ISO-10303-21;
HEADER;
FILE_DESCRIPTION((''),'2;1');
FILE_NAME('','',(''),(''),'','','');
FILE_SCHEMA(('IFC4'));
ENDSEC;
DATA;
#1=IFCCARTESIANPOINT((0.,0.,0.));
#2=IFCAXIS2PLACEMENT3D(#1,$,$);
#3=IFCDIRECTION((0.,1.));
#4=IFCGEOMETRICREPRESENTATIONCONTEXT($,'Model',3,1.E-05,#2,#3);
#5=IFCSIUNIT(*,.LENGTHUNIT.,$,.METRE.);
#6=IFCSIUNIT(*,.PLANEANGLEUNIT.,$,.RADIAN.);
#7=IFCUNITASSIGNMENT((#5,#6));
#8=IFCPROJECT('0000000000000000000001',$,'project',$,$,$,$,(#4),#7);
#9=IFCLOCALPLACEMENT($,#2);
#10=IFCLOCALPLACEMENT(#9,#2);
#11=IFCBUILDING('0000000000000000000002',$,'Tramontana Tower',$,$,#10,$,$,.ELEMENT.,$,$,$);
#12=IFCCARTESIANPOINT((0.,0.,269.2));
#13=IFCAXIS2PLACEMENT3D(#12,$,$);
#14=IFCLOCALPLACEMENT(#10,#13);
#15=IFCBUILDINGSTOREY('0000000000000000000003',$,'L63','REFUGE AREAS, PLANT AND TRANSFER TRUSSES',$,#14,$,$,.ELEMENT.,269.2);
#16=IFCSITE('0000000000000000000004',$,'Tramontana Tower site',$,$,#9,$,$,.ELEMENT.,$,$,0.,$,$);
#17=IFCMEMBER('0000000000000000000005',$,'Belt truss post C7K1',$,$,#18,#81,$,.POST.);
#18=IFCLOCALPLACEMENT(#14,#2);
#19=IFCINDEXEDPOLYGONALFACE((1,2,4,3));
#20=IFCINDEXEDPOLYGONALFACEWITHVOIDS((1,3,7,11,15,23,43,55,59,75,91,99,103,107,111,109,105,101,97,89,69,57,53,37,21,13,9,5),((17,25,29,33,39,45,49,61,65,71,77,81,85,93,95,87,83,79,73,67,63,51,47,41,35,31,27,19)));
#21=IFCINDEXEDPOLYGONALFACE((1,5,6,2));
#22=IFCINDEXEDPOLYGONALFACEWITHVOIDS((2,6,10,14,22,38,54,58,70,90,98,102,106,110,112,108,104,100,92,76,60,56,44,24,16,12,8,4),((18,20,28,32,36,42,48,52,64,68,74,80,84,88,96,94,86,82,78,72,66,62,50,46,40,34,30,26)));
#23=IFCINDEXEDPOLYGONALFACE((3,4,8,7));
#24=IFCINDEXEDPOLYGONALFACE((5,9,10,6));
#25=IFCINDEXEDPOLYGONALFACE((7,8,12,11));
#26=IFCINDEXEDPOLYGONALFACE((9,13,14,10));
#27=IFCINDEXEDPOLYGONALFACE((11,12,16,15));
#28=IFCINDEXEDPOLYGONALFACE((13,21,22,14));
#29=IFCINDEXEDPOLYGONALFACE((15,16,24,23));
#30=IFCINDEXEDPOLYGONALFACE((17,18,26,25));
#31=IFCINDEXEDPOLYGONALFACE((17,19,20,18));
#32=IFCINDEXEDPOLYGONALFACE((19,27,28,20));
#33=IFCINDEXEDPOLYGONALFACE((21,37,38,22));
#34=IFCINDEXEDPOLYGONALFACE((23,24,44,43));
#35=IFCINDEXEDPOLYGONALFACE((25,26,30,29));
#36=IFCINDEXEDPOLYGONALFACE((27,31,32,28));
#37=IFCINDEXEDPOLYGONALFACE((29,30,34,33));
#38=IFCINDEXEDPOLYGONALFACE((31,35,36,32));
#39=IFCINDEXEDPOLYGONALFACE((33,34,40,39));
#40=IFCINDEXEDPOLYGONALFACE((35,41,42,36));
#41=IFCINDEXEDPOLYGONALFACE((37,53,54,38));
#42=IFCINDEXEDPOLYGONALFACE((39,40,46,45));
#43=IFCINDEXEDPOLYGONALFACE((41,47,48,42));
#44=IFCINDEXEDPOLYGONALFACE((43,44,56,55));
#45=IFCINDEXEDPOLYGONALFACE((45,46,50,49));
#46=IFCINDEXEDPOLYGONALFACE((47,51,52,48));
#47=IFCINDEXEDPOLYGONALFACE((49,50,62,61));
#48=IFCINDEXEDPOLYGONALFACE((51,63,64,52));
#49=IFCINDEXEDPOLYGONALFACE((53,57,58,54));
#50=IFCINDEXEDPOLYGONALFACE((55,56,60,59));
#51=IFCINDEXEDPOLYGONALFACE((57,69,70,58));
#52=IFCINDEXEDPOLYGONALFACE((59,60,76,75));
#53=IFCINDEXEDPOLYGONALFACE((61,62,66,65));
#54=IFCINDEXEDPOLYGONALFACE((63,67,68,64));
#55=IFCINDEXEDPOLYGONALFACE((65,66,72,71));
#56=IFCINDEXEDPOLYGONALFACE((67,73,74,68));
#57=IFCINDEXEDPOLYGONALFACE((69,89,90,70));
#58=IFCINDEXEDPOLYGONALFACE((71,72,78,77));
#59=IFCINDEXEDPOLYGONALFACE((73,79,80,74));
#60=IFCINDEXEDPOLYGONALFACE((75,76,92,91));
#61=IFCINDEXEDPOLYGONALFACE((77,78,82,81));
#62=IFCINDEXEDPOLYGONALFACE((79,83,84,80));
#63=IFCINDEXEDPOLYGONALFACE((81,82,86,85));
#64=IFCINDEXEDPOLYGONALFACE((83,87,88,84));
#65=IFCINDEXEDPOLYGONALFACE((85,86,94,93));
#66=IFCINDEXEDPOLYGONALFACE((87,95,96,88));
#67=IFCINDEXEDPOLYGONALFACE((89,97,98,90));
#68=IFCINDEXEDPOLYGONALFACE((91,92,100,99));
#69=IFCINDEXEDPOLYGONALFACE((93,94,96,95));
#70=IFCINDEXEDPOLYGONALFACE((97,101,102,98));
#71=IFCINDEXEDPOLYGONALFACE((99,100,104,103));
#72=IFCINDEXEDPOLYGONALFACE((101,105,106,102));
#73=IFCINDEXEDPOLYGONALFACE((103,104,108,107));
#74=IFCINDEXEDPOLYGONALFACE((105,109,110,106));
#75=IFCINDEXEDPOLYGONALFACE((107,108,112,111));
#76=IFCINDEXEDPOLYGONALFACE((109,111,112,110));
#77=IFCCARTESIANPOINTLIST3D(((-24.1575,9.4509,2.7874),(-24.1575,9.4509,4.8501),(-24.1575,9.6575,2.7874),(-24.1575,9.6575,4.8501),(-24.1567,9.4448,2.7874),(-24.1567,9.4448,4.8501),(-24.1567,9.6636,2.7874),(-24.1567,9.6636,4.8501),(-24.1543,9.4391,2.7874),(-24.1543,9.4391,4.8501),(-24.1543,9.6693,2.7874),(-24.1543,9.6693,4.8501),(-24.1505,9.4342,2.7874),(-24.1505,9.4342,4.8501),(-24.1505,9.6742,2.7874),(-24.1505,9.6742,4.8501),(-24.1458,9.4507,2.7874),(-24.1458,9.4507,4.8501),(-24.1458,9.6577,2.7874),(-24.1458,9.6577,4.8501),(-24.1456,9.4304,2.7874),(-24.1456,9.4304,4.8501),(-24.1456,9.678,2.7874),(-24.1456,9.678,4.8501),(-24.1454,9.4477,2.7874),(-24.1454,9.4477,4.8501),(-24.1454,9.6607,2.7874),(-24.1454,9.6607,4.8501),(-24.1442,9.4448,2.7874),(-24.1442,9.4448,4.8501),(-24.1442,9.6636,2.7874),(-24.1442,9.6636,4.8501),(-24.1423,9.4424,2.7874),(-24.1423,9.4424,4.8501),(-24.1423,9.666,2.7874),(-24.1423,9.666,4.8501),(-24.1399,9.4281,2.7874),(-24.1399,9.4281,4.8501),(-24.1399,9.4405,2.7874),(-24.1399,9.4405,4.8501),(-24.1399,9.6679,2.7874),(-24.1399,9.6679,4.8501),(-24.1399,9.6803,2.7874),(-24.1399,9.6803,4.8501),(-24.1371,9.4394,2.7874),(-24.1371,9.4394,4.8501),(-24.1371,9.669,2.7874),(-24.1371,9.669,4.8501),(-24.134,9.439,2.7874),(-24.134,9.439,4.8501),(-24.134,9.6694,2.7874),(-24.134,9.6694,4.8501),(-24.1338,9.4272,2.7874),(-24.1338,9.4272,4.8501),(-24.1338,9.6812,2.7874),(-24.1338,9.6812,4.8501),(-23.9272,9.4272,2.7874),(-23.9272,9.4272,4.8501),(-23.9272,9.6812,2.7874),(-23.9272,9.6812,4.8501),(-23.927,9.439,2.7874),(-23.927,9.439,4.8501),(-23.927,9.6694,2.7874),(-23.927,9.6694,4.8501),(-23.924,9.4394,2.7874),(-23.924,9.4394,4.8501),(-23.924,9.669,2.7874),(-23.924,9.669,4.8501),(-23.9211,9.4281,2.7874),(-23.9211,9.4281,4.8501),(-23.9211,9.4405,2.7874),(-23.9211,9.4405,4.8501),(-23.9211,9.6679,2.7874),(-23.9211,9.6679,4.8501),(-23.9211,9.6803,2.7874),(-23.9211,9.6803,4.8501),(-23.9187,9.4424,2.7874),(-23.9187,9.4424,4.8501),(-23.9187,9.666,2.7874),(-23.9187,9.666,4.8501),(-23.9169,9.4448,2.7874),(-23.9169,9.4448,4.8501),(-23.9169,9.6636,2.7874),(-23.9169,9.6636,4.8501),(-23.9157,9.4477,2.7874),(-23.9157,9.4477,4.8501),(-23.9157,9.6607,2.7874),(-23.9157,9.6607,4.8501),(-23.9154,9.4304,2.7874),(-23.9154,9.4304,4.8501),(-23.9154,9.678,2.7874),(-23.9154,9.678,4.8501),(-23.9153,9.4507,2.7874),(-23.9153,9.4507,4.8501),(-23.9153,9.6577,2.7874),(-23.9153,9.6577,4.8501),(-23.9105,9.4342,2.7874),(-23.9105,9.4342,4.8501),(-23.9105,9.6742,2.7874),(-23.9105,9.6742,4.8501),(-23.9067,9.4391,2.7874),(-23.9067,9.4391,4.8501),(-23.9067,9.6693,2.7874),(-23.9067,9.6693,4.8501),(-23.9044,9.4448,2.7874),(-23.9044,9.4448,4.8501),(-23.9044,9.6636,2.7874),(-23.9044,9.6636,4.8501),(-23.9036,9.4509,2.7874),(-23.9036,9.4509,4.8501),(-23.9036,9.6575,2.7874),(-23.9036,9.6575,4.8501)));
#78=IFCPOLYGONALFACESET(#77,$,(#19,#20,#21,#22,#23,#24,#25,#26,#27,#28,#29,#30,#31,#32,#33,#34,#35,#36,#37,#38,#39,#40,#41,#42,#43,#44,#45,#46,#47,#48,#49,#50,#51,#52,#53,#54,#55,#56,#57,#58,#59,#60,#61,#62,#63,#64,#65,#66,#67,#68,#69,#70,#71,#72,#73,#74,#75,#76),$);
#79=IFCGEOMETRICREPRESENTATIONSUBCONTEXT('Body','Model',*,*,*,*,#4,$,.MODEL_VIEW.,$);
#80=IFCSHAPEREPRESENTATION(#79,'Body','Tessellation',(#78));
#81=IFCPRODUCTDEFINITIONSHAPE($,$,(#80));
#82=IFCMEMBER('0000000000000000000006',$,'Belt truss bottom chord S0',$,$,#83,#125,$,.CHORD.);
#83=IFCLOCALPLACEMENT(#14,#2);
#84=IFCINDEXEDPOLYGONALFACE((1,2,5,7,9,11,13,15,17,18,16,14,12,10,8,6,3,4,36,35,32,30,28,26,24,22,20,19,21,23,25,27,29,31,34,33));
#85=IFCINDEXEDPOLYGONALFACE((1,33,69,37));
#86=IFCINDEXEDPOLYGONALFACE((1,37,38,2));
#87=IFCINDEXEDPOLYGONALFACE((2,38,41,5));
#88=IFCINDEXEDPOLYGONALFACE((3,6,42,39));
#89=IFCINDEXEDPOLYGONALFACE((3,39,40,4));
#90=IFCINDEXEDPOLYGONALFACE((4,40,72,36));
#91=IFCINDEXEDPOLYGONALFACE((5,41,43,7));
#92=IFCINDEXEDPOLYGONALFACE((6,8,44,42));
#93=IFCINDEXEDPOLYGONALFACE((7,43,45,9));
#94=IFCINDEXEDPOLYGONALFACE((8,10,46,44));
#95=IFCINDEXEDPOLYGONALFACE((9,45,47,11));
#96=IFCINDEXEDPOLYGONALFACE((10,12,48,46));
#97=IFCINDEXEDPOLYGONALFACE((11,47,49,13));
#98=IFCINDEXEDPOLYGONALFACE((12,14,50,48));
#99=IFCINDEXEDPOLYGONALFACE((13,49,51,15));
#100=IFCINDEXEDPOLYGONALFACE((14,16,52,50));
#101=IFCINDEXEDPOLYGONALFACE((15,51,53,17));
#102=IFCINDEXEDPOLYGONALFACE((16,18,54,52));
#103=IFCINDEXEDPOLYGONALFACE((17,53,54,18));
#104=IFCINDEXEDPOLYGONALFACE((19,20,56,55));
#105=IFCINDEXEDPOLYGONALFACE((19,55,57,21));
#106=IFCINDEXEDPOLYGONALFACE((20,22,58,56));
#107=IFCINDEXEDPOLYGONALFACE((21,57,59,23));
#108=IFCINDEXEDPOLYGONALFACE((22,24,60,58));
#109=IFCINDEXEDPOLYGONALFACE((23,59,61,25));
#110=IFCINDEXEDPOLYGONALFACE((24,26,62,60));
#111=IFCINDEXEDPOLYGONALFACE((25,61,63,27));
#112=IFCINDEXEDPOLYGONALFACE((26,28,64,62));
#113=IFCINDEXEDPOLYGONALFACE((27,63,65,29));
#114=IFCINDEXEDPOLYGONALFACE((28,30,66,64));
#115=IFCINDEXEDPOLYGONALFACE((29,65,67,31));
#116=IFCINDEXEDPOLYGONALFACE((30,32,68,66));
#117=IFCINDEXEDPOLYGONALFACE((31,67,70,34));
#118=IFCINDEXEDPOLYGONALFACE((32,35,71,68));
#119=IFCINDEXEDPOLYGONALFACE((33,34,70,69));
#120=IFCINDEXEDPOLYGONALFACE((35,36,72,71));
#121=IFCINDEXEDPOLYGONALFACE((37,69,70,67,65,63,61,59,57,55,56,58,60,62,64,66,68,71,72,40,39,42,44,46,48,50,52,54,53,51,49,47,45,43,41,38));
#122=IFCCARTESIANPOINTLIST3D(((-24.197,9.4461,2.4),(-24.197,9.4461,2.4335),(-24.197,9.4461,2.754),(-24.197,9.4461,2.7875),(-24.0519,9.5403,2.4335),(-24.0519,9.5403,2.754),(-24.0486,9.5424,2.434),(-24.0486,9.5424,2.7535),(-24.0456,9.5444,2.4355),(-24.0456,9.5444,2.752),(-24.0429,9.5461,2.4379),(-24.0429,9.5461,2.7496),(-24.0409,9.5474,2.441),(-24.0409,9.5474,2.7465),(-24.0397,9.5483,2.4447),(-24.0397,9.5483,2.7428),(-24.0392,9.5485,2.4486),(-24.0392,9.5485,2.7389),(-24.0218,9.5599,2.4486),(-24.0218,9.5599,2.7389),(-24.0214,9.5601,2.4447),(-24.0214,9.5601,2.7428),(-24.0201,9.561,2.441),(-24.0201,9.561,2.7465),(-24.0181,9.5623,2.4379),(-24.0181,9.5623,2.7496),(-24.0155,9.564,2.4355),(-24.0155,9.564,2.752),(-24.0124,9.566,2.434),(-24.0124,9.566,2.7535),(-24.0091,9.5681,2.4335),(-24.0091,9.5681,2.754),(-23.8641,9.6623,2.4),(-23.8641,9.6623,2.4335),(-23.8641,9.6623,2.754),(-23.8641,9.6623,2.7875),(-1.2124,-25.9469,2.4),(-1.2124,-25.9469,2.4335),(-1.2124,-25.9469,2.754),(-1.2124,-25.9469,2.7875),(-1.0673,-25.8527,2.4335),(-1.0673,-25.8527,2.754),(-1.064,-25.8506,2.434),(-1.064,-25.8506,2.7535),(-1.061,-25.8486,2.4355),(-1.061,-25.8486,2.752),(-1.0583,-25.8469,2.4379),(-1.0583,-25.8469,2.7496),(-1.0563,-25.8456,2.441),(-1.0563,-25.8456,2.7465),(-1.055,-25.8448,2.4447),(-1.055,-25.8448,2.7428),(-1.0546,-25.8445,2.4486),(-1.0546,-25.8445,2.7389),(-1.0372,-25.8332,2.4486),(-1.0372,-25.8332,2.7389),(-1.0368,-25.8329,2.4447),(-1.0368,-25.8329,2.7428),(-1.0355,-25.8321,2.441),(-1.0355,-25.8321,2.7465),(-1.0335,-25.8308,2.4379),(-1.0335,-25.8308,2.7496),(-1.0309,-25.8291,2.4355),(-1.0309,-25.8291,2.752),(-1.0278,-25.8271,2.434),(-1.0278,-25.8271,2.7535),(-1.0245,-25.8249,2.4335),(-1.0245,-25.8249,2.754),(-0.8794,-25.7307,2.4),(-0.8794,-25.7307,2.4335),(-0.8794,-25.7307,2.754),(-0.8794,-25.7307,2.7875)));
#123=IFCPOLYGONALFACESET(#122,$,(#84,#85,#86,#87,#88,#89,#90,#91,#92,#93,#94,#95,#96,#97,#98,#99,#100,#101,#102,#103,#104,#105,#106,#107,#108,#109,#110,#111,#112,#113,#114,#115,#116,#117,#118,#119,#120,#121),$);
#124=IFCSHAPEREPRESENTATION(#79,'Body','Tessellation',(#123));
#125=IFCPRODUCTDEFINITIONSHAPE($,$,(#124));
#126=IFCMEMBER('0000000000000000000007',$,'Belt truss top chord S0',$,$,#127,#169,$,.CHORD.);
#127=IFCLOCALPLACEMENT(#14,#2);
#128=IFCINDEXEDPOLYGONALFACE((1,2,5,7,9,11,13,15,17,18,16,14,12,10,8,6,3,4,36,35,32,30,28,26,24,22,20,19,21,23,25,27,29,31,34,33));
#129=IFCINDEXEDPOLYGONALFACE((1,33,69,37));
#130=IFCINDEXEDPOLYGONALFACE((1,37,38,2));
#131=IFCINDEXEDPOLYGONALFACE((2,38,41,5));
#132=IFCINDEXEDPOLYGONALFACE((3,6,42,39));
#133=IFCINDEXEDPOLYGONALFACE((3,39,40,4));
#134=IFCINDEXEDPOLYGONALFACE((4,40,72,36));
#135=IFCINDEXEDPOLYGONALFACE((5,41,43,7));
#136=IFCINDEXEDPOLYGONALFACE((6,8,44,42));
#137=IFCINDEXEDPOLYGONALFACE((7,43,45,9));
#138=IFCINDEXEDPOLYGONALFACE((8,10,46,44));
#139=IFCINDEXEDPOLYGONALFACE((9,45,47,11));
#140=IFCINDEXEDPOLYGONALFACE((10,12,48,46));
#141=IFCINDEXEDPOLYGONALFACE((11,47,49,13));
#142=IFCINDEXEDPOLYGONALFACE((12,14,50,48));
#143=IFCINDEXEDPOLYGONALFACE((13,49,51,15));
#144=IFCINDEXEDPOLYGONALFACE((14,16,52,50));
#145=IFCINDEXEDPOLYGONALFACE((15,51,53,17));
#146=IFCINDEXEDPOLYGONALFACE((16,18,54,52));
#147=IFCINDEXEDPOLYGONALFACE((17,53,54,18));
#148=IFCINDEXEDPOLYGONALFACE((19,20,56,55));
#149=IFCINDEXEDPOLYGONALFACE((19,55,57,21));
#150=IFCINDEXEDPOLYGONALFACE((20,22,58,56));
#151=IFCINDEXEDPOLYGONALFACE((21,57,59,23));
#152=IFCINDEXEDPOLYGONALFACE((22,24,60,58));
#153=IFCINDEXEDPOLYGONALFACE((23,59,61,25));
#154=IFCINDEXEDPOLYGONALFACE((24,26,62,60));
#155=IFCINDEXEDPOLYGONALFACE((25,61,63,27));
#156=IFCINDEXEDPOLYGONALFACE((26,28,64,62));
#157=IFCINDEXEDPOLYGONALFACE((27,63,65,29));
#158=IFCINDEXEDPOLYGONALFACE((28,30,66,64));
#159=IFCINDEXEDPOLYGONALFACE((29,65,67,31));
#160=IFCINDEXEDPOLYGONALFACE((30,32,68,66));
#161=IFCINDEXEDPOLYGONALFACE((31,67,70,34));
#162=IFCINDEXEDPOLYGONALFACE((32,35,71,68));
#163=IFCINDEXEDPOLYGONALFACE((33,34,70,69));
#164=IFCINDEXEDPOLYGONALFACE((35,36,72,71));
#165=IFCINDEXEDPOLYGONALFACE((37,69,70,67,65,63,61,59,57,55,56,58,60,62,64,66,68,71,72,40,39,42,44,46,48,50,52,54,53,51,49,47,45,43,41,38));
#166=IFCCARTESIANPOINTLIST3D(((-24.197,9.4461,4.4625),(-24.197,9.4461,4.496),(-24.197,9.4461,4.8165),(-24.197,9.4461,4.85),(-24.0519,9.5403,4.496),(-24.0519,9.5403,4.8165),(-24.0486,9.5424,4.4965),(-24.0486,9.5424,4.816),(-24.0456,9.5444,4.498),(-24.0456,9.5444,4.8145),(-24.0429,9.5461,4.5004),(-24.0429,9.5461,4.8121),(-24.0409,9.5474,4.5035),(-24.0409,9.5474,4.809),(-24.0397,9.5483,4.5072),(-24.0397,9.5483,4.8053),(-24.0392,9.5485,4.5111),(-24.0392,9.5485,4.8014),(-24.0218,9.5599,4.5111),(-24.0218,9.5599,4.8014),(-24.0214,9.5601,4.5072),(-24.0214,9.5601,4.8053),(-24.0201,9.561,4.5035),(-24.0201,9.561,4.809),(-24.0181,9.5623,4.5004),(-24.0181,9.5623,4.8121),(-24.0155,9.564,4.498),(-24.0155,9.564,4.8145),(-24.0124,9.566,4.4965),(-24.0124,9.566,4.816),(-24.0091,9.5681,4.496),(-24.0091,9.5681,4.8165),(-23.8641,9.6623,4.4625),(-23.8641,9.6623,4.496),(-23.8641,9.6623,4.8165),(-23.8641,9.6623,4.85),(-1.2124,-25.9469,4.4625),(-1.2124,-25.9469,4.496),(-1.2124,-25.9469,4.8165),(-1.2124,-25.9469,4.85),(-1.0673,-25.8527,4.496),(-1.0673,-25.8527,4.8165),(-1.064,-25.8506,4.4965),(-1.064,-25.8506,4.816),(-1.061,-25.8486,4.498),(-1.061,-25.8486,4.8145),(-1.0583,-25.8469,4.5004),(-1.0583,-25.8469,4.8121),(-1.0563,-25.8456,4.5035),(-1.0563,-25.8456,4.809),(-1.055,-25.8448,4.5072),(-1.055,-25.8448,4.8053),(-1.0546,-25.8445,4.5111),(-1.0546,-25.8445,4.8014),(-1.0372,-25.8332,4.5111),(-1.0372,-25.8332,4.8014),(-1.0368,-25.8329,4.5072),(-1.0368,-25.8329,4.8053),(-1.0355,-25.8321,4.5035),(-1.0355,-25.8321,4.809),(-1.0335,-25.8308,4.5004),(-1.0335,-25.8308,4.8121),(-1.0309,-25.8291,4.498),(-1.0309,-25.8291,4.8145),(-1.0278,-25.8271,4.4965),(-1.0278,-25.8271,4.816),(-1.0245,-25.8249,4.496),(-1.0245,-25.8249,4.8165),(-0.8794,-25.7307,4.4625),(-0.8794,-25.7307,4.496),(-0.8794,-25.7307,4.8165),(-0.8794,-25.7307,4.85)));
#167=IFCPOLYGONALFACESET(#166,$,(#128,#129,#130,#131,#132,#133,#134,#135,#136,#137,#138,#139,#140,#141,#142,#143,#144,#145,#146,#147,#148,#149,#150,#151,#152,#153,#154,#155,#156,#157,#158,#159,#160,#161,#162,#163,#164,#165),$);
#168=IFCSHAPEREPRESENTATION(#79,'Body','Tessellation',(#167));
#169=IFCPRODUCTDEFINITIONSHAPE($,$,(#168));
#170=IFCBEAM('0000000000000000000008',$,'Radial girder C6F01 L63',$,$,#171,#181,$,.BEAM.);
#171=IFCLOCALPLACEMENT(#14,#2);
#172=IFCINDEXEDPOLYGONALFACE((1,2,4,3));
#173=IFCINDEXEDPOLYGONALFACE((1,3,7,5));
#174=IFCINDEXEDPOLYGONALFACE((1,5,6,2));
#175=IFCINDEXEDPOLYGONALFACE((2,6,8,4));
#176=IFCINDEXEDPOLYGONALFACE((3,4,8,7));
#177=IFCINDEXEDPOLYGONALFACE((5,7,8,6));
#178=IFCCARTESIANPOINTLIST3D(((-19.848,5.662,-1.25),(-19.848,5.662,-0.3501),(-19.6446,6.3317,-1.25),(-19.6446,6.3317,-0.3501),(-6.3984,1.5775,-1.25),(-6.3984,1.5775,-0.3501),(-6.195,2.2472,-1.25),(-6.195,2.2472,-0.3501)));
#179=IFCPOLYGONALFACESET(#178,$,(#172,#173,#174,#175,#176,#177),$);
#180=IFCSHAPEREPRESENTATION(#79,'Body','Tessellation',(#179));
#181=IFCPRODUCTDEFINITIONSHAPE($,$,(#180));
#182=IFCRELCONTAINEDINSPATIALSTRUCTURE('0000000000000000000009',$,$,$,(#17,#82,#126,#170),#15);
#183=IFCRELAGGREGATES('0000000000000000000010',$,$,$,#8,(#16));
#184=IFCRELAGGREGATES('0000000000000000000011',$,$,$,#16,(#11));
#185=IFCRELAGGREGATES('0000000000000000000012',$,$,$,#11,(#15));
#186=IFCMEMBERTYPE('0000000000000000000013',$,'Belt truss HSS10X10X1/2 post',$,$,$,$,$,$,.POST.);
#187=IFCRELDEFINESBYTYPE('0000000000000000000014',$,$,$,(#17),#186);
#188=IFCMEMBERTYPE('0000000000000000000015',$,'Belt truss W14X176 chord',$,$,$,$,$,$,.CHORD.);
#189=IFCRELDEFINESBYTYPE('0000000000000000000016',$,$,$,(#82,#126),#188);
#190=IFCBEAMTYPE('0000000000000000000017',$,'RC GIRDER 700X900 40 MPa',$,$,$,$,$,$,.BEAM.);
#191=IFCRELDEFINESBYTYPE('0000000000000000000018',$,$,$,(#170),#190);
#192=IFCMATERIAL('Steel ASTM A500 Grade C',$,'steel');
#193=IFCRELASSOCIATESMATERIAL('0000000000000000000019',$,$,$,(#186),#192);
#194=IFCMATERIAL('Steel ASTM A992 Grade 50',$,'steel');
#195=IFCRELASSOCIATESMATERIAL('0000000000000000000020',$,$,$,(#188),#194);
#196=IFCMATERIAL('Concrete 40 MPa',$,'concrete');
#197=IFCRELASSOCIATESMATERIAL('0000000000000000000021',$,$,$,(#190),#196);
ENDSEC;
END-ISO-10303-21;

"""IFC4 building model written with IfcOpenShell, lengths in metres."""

from ifc_helpers import new_model, si_unit, direction, frame, origin, origin_2d, place, context, subcontext, project, spatial, rectangle, hollow_rectangle, i_section, extrude, material, material_profile, profile_set, type_object, element, save


model = new_model("IFC4")

# Units and contexts
model_context = context("Model", 3, precision=1e-05, world=origin(), true_north=direction((0.0, 1.0)))
body_context = subcontext(model_context, "Body", "Model", "MODEL_VIEW")
ifc_project = project(units=[si_unit("LENGTHUNIT", "METRE"), si_unit("PLANEANGLEUNIT", "RADIAN")], contexts=[model_context])

# Site, building, storey
site_placement = place(None, origin())
site = spatial("IfcSite", under=ifc_project, at=site_placement, Name="Tramontana Tower site", CompositionType="ELEMENT", RefElevation=0.0)
building_placement = place(site_placement, origin())
building = spatial("IfcBuilding", under=site, at=building_placement, Name="Tramontana Tower", CompositionType="ELEMENT")
storey_placement = place(building_placement, frame((0.0, 0.0, 269.2)))
storey = spatial("IfcBuildingStorey", under=building, at=storey_placement, Name="L63", Description="REFUGE AREAS, PLANT AND TRANSFER TRUSSES", CompositionType="ELEMENT", Elevation=269.2)

# Members
ifc_material_1 = material(Name="Steel ASTM A500 Grade C", Category="steel")
ifc_material_profile_1 = material_profile(ifc_material_1, hollow_rectangle(XDim=0.2539, YDim=0.2539, WallThickness=0.0117, InnerFilletRadius=0.0117, OuterFilletRadius=0.0237, at=origin_2d()), Name="HSS10X10X1/2")
ifc_profile_set_1 = profile_set([ifc_material_profile_1], Name="Steel ASTM A500 Grade C")
member_type_1 = type_object("IfcMemberType", Name="Belt truss HSS10X10X1/2 post", PredefinedType="POST", material=ifc_profile_set_1)
member_1_placement = place(storey_placement, frame((-24.0305, 9.5542, 2.7874), z_axis=(0.0, 0.0, 1.0), x_axis=(1.0, 0.0, 0.0)))
element("IfcMember", 1, at=member_1_placement, inside=storey, type_object=member_type_1, Name="Belt truss post C7K1", PredefinedType="POST", context=body_context, shape_type="SweptSolid", body=[
    extrude(hollow_rectangle(XDim=0.2539, YDim=0.2539, WallThickness=0.0117, InnerFilletRadius=0.0117, OuterFilletRadius=0.0237, at=origin_2d()), origin(), (0.0, 0.0, 1.0), 2.0627),
])
ifc_material_2 = material(Name="Steel ASTM A992 Grade 50", Category="steel")
ifc_material_profile_2 = material_profile(ifc_material_2, i_section(OverallWidth=0.397, OverallDepth=0.3875, WebThickness=0.0208, FlangeThickness=0.0334, FilletRadius=0.0151, at=origin_2d()), Name="W14X176")
ifc_profile_set_2 = profile_set([ifc_material_profile_2], Name="Steel ASTM A992 Grade 50")
member_type_2 = type_object("IfcMemberType", Name="Belt truss W14X176 chord", PredefinedType="CHORD", material=ifc_profile_set_2)
for number, where, z_axis, x_axis, name in (
    (2, (-24.0305, 9.5542, 2.5938), (0.544641, -0.83867, 0.0), (0.83867, 0.544641, 0.0), "Belt truss bottom chord S0"),
    (3, (-24.0305, 9.5542, 4.6562), (0.544641, -0.83867, 0.0), (0.83867, 0.544641, 0.0), "Belt truss top chord S0"),
):
    element("IfcMember", number, at=place(storey_placement, frame(where, z_axis=z_axis, x_axis=x_axis)), inside=storey, type_object=member_type_2, Name=name, PredefinedType="CHORD", context=body_context, shape_type="SweptSolid", body=[
        extrude(i_section(OverallWidth=0.397, OverallDepth=0.3875, WebThickness=0.0208, FlangeThickness=0.0334, FilletRadius=0.0151, at=origin_2d()), origin(), (0.0, 0.0, 1.0), 42.2014),
    ])

# Beam
ifc_material_3 = material(Name="Concrete 40 MPa", Category="concrete")
ifc_material_profile_3 = material_profile(ifc_material_3, rectangle(XDim=0.7, YDim=0.8999, at=origin_2d()), Name="RC GIRDER 700X900 40 MPa")
ifc_profile_set_3 = profile_set([ifc_material_profile_3], Name="Concrete 40 MPa")
beam_type = type_object("IfcBeamType", Name="RC GIRDER 700X900 40 MPa", PredefinedType="BEAM", material=ifc_profile_set_3)
beam_placement = place(storey_placement, frame((-19.7463, 5.9968, -0.8), z_axis=(0.95685, -0.290581, 0.0), x_axis=(0.290581, 0.95685, 0.0)))
element("IfcBeam", 4, at=beam_placement, inside=storey, type_object=beam_type, Name="Radial girder C6F01 L63", PredefinedType="BEAM", context=body_context, shape_type="SweptSolid", body=[
    extrude(rectangle(XDim=0.7, YDim=0.8999, at=origin_2d()), origin(), (0.0, 0.0, 1.0), 14.0562),
])

save(model, "model.ifc")
